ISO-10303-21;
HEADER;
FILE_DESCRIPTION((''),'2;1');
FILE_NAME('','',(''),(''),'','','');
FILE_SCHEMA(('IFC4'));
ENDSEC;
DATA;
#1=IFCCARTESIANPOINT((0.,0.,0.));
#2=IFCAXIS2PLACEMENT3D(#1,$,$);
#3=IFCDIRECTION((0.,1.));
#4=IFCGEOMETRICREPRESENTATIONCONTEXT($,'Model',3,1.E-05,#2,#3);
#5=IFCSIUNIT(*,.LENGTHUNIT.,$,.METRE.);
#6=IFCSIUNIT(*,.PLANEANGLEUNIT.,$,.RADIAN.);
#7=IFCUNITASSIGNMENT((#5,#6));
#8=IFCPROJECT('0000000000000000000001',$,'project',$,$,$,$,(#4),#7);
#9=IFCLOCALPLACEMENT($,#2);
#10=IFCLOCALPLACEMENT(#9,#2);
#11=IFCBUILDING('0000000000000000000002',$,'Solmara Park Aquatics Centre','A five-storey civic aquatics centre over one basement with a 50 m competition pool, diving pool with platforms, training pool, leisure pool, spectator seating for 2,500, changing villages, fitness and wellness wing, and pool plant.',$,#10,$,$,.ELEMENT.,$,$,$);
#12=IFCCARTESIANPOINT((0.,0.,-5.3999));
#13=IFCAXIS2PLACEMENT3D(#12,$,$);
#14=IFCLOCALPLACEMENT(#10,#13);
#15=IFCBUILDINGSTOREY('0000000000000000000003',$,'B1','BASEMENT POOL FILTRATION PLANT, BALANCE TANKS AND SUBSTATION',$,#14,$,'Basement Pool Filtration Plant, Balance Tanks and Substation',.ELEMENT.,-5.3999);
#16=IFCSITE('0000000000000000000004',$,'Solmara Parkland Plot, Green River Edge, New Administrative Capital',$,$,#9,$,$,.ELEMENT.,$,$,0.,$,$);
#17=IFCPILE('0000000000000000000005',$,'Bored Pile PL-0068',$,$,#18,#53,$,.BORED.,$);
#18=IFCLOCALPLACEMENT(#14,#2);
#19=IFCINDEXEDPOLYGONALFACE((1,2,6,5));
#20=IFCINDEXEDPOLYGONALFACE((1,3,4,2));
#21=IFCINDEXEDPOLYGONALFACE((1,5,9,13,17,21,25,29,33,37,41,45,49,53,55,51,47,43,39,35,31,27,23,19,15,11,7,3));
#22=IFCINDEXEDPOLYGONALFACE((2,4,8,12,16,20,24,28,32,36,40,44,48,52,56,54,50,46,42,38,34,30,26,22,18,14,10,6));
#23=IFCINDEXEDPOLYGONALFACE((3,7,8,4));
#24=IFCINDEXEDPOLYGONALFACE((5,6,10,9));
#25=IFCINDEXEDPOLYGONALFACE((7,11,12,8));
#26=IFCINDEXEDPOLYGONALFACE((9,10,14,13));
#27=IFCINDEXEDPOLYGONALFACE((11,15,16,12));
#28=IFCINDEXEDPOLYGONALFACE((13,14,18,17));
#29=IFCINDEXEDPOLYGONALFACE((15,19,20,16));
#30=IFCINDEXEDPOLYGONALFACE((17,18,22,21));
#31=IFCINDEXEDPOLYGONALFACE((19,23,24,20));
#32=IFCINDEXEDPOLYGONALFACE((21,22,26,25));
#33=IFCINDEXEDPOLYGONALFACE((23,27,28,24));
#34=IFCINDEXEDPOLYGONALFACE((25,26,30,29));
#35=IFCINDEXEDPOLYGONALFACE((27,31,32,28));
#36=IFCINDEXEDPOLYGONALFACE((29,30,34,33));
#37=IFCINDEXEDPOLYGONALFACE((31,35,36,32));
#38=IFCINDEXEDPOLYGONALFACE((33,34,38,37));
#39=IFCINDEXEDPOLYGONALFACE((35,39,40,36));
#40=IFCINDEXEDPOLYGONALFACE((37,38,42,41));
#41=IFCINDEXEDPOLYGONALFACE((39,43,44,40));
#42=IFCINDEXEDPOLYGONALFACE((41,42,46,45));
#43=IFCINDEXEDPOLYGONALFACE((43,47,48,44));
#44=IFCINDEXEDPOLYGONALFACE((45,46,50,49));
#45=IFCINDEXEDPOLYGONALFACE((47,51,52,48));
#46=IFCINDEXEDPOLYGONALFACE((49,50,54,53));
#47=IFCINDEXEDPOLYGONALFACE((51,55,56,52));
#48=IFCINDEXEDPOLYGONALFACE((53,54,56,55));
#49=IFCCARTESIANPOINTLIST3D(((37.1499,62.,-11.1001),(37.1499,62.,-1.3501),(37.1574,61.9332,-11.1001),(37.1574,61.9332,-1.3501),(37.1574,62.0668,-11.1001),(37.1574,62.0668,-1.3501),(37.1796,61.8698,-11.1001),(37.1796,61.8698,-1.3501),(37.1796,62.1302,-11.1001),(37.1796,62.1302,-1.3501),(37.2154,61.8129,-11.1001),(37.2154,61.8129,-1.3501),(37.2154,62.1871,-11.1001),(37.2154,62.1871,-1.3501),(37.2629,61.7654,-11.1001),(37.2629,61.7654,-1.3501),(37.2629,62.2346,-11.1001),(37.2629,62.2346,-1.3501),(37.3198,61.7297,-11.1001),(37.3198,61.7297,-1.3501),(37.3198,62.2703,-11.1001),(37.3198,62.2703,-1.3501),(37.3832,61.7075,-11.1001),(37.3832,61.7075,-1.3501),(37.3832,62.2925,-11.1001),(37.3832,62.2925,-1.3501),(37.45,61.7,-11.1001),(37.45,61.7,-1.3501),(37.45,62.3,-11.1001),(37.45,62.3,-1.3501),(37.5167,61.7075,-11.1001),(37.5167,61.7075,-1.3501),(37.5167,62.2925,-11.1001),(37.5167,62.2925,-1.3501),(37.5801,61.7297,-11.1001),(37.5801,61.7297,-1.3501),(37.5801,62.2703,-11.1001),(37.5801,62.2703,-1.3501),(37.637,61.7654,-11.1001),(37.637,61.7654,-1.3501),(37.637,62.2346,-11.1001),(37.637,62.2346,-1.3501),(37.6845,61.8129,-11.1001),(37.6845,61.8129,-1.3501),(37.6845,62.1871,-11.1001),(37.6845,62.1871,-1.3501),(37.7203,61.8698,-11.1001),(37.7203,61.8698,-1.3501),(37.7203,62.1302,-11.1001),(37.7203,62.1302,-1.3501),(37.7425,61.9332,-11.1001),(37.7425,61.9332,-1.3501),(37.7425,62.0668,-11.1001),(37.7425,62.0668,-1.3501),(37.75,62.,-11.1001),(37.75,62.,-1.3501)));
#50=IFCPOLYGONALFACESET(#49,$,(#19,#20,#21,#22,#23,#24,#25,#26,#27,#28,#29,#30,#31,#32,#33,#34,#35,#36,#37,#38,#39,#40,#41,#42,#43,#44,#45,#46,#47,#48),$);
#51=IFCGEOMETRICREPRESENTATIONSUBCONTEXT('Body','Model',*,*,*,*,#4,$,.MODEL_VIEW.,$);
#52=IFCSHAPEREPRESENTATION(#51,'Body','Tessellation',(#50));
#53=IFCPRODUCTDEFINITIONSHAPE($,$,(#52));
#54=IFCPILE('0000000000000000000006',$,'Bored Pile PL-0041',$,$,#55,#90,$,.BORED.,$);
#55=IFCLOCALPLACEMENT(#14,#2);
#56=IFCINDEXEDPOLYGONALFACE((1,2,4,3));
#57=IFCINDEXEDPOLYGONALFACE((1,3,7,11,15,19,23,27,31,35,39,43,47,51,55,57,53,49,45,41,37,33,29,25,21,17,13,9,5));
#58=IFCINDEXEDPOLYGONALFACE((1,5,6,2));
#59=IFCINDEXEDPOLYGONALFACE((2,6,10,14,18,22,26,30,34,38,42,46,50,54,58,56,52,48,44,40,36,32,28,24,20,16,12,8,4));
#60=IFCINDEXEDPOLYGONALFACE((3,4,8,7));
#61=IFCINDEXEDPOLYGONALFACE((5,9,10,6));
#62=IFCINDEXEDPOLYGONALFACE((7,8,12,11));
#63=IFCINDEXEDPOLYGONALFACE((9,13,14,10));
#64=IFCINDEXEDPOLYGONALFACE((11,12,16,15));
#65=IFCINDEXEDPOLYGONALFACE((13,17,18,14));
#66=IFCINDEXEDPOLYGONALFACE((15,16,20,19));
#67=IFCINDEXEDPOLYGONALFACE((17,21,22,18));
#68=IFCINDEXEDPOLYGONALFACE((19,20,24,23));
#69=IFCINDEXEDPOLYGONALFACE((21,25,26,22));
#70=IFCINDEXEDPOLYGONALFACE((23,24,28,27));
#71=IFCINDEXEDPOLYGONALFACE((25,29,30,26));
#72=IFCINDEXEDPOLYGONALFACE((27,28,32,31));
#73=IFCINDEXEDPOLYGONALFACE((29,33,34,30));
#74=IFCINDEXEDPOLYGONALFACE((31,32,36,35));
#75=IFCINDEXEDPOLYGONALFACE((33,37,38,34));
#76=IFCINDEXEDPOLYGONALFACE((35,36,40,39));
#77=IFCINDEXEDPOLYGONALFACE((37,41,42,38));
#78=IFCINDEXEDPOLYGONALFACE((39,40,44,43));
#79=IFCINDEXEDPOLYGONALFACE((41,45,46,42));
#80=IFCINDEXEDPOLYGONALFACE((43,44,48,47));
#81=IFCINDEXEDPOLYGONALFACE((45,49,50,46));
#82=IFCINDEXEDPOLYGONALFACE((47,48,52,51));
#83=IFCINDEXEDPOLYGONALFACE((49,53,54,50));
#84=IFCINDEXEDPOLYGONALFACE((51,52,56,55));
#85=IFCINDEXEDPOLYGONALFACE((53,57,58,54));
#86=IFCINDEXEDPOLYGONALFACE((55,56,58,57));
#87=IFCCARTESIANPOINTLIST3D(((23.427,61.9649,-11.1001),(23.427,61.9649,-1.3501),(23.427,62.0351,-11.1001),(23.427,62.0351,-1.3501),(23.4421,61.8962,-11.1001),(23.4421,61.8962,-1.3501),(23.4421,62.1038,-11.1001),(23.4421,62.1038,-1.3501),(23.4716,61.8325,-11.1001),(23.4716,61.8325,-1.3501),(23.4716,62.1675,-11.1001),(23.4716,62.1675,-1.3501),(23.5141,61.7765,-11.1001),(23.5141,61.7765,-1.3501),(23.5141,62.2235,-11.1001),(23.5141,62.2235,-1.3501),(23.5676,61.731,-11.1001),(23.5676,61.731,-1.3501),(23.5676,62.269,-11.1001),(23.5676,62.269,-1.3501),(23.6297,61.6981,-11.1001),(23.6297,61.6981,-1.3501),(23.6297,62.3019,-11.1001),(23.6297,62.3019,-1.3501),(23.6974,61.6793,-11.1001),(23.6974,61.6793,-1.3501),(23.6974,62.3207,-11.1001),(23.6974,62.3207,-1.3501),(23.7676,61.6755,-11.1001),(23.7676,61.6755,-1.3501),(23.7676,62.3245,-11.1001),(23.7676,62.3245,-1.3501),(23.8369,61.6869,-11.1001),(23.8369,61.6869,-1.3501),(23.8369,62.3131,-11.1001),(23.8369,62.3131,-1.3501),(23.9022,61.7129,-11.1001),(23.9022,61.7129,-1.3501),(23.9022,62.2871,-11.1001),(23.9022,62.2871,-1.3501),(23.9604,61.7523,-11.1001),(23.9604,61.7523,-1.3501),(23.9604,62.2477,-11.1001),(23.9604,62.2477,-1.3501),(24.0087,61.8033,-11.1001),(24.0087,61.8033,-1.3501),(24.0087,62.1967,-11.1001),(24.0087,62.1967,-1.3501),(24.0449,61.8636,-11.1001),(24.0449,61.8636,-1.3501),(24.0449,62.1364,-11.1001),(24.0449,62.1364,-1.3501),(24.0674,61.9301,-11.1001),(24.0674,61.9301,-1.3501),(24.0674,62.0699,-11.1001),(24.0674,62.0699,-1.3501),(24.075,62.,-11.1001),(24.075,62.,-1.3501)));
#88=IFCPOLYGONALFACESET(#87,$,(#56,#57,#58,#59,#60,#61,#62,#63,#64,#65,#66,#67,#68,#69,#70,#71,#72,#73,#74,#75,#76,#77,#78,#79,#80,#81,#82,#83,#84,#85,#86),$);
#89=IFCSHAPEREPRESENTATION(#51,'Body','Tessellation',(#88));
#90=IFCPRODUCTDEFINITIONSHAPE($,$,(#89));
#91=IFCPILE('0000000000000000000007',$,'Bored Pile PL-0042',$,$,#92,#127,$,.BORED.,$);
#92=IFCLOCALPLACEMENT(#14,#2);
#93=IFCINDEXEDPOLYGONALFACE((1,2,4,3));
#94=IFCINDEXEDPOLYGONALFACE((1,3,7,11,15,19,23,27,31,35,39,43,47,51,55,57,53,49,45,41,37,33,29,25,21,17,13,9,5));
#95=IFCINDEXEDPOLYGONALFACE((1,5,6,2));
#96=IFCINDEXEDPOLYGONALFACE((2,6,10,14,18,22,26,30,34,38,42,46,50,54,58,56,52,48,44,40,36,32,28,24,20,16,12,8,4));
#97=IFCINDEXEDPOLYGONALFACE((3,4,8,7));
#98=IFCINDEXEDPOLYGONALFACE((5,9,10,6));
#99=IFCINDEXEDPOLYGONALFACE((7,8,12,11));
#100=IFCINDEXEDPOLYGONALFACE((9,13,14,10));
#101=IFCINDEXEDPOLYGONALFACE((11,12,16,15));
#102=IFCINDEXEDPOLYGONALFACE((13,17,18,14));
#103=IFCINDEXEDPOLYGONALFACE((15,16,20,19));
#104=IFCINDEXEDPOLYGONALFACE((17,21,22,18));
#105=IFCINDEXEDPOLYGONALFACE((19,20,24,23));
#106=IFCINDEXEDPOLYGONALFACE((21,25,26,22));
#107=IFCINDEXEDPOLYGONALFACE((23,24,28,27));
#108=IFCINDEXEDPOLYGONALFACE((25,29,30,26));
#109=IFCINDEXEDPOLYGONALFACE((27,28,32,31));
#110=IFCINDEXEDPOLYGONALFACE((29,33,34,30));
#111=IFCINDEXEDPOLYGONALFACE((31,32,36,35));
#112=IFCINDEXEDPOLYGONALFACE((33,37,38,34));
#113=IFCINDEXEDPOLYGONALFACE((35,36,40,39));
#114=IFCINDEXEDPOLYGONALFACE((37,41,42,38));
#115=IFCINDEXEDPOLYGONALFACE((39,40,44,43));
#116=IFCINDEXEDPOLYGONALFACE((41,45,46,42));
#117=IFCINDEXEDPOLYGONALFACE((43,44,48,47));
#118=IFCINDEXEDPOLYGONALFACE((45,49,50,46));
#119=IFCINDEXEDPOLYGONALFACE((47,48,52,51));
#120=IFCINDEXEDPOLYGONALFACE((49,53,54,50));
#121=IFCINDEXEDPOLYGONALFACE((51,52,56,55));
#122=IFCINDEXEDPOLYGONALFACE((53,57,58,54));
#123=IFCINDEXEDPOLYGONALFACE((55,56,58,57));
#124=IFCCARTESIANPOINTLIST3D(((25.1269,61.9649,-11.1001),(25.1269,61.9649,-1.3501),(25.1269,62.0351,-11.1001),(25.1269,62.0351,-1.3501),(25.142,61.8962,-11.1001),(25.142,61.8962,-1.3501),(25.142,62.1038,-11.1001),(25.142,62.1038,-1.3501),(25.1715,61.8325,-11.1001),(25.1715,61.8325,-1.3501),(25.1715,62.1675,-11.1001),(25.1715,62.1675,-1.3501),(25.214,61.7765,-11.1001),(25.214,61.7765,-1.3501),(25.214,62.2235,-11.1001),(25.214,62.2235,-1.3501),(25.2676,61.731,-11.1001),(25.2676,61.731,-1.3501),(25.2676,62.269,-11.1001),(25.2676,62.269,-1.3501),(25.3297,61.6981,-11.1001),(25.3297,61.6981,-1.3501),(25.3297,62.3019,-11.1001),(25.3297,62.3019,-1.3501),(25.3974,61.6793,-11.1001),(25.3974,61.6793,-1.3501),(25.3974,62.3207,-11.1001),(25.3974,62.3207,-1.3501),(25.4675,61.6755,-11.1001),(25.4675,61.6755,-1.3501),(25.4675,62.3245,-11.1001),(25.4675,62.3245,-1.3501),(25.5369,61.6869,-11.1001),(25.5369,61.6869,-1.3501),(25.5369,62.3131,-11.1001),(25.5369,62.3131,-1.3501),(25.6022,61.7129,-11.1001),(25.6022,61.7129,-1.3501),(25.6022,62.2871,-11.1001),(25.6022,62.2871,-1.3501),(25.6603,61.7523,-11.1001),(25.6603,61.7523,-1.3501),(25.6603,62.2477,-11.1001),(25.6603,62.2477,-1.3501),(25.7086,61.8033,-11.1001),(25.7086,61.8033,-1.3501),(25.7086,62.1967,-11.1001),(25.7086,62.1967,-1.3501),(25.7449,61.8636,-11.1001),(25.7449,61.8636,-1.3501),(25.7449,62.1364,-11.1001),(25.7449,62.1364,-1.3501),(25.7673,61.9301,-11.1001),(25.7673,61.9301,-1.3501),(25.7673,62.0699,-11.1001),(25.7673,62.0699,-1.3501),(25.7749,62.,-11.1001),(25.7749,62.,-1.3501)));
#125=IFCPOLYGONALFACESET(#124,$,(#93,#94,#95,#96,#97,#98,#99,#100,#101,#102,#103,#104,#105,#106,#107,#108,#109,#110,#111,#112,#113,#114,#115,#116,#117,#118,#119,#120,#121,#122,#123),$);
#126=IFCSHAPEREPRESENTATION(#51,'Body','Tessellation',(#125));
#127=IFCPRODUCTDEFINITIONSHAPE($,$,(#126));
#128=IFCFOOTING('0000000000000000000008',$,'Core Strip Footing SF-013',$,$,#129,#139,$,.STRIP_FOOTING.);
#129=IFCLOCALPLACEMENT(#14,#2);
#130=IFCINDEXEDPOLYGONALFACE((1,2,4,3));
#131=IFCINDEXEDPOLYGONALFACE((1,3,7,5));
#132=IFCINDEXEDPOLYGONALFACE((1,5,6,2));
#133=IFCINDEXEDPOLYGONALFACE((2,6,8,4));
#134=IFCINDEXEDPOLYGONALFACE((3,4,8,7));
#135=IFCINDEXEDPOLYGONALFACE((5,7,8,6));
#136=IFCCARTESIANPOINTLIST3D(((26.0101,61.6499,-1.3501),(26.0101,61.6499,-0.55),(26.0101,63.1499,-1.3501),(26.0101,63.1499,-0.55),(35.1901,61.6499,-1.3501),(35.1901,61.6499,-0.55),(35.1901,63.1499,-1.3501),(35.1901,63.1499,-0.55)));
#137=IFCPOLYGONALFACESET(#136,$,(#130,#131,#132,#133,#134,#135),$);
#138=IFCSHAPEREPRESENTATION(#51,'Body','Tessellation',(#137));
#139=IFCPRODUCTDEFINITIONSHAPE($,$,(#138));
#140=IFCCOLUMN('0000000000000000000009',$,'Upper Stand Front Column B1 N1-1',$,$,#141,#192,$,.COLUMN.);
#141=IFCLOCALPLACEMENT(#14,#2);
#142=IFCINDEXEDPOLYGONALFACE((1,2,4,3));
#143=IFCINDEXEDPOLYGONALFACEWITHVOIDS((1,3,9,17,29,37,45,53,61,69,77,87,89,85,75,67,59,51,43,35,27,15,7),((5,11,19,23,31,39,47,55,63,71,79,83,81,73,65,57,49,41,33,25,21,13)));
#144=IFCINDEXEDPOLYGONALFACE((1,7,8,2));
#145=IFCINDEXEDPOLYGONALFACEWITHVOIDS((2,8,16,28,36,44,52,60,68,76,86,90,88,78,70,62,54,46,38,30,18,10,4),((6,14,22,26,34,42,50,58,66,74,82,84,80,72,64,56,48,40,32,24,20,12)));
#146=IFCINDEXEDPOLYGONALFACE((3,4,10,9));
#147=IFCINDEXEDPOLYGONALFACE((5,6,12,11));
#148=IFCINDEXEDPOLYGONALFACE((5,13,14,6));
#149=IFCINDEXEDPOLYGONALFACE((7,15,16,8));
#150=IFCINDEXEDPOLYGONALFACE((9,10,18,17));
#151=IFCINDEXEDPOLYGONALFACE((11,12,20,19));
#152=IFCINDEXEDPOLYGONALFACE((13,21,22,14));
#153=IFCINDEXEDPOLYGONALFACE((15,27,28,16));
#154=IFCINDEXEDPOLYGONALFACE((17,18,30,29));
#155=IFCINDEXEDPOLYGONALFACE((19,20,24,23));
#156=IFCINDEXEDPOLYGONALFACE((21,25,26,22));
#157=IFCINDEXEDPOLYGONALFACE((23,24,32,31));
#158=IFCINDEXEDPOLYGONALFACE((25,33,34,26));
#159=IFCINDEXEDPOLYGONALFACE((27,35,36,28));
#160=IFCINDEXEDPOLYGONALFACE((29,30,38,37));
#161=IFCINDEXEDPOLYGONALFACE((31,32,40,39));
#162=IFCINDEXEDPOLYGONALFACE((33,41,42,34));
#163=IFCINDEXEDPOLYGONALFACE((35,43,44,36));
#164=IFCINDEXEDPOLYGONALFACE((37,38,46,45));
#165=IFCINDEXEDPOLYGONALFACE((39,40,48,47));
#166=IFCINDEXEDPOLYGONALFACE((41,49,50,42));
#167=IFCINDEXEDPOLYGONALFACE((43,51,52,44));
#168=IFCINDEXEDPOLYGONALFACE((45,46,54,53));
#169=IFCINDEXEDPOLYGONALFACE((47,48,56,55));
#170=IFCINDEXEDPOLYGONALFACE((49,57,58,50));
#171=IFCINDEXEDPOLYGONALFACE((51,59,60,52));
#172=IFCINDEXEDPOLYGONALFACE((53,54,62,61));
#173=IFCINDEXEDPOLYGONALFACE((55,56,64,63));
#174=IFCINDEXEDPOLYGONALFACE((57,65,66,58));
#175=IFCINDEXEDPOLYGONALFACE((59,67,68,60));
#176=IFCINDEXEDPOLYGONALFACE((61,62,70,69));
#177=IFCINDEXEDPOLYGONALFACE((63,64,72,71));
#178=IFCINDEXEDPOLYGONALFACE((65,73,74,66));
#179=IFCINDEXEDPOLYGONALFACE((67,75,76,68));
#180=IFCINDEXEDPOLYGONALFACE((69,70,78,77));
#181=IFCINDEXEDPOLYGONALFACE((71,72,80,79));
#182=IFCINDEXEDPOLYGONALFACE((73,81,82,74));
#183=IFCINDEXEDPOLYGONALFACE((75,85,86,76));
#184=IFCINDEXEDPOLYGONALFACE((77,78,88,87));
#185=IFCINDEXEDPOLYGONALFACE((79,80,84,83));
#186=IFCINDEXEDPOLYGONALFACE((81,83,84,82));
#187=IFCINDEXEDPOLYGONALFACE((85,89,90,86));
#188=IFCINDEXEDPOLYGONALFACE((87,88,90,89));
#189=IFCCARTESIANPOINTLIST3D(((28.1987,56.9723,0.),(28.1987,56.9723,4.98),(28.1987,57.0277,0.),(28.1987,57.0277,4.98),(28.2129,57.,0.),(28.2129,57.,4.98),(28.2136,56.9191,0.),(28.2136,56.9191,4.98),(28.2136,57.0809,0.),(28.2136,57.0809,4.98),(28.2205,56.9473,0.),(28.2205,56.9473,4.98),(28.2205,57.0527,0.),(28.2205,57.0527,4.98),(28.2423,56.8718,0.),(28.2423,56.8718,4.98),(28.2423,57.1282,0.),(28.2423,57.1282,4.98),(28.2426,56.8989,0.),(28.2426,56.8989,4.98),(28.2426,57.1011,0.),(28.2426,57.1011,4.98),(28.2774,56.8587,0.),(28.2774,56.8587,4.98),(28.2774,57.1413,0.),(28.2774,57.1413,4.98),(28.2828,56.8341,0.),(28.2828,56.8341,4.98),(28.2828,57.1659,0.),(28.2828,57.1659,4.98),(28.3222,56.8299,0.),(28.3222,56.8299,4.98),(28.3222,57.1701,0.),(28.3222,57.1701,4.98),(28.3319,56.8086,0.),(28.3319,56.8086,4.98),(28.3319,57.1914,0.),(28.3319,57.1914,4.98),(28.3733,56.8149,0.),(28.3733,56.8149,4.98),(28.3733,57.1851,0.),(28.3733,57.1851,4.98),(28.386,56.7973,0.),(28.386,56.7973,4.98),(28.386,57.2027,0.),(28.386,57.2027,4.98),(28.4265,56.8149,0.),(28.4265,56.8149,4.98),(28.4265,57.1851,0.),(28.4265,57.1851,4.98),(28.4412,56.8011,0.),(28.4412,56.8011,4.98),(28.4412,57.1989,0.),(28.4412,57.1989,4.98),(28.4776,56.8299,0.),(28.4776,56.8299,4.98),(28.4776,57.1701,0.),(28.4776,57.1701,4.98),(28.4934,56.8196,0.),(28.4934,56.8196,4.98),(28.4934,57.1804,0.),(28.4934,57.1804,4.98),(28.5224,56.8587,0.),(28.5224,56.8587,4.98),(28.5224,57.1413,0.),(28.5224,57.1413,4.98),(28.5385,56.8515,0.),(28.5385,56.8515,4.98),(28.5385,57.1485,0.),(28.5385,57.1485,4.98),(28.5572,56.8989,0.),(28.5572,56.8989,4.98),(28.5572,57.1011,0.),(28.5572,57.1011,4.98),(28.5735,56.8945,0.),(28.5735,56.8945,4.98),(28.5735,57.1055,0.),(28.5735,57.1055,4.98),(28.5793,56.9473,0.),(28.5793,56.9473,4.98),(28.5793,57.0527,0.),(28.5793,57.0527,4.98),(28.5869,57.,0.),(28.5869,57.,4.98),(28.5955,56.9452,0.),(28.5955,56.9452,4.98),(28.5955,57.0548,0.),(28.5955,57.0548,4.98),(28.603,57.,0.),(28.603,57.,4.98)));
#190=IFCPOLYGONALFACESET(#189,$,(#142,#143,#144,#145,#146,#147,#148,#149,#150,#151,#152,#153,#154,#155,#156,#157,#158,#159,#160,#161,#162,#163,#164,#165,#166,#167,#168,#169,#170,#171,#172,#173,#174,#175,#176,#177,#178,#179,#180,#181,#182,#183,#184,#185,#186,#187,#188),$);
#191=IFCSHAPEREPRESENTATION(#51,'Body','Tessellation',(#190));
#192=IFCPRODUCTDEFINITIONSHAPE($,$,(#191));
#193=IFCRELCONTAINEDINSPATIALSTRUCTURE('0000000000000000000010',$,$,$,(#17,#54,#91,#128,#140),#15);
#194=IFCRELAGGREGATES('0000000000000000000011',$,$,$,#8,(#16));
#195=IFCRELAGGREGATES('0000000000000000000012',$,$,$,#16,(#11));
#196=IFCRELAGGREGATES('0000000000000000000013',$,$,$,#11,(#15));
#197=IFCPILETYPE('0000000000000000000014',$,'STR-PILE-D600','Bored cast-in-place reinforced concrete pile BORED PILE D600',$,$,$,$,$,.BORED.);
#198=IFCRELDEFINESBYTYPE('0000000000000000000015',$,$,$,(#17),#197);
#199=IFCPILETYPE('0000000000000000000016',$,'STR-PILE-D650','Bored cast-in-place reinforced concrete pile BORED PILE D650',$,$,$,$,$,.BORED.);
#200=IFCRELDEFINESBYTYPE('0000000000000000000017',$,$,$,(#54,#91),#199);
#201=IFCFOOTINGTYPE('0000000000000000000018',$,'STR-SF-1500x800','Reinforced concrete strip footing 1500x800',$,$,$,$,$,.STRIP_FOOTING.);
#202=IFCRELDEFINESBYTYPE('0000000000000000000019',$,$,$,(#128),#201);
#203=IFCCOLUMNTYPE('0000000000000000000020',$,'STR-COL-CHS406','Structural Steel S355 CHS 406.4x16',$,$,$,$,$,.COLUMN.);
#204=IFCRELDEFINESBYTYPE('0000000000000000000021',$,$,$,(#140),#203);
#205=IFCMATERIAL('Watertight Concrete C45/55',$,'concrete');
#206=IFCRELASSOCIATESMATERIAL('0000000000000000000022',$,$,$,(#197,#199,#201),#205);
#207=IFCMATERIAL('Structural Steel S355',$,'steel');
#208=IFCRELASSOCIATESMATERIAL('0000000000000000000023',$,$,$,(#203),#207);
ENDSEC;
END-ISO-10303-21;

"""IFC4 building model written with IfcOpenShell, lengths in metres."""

from ifc_helpers import new_model, si_unit, direction, frame, origin, origin_2d, place, context, subcontext, project, spatial, rectangle, circle, hollow_circle, extrude, material, material_profile, profile_set, type_object, element, save


model = new_model("IFC4")

# Units and contexts
model_context = context("Model", 3, precision=1e-05, world=origin(), true_north=direction((0.0, 1.0)))
body_context = subcontext(model_context, "Body", "Model", "MODEL_VIEW")
ifc_project = project(units=[si_unit("LENGTHUNIT", "METRE"), si_unit("PLANEANGLEUNIT", "RADIAN")], contexts=[model_context])

# Site, building, storey
site_placement = place(None, origin())
site = spatial("IfcSite", under=ifc_project, at=site_placement, Name="Solmara Parkland Plot, Green River Edge, New Administrative Capital", CompositionType="ELEMENT", RefElevation=0.0)
building_placement = place(site_placement, origin())
building = spatial("IfcBuilding", under=site, at=building_placement, Name="Solmara Park Aquatics Centre", Description="A five-storey civic aquatics centre over one basement with a 50 m competition pool, diving pool with platforms, training pool, leisure pool, spectator seating for 2,500, changing villages, fitness and wellness wing, and pool plant.", CompositionType="ELEMENT")
storey_placement = place(building_placement, frame((0.0, 0.0, -5.3999)))
storey = spatial("IfcBuildingStorey", under=building, at=storey_placement, Name="B1", Description="BASEMENT POOL FILTRATION PLANT, BALANCE TANKS AND SUBSTATION", LongName="Basement Pool Filtration Plant, Balance Tanks and Substation", CompositionType="ELEMENT", Elevation=-5.3999)

# Shared definitions
ifc_material_1 = material(Name="Watertight Concrete C45/55", Category="concrete")

# Piles
ifc_material_profile_1 = material_profile(ifc_material_1, circle(Radius=0.3, at=origin_2d()), Name="BORED PILE D600")
ifc_profile_set_1 = profile_set([ifc_material_profile_1], Name="Watertight Concrete C45/55")
pile_type_1 = type_object("IfcPileType", Name="STR-PILE-D600", Description="Bored cast-in-place reinforced concrete pile BORED PILE D600", PredefinedType="BORED", material=ifc_profile_set_1)
for number, where, z_axis, x_axis, name in (
    (1, (37.45, 62.0, -1.3501), (0.0, 0.0, -1.0), (1.0, 0.0, 0.0), "Bored Pile PL-0068"),
):
    element("IfcPile", number, at=place(storey_placement, frame(where, z_axis=z_axis, x_axis=x_axis)), inside=storey, type_object=pile_type_1, Name=name, PredefinedType="BORED", context=body_context, shape_type="SweptSolid", body=[
        extrude(circle(Radius=0.3, at=origin_2d()), origin(), (0.0, 0.0, 1.0), 9.75),
    ])
ifc_material_profile_2 = material_profile(ifc_material_1, circle(Radius=0.325, at=origin_2d()), Name="BORED PILE D650")
ifc_profile_set_2 = profile_set([ifc_material_profile_2], Name="Watertight Concrete C45/55")
pile_type_2 = type_object("IfcPileType", Name="STR-PILE-D650", Description="Bored cast-in-place reinforced concrete pile BORED PILE D650", PredefinedType="BORED", material=ifc_profile_set_2)
for number, where, z_axis, x_axis, name in (
    (2, (23.75, 62.0, -1.3501), (0.0, 0.0, -1.0), (1.0, 0.0, 0.0), "Bored Pile PL-0041"),
    (3, (25.45, 62.0, -1.3501), (0.0, 0.0, -1.0), (1.0, 0.0, 0.0), "Bored Pile PL-0042"),
):
    element("IfcPile", number, at=place(storey_placement, frame(where, z_axis=z_axis, x_axis=x_axis)), inside=storey, type_object=pile_type_2, Name=name, PredefinedType="BORED", context=body_context, shape_type="SweptSolid", body=[
        extrude(circle(Radius=0.325, at=origin_2d()), origin(), (0.0, 0.0, 1.0), 9.75),
    ])

# Footing
footing_type_1 = type_object("IfcFootingType", Name="STR-SF-1500x800", Description="Reinforced concrete strip footing 1500x800", PredefinedType="STRIP_FOOTING", material=ifc_material_1)
footing_1_placement = place(storey_placement, frame((30.6001, 62.3999, -1.3501), z_axis=(0.0, 0.0, 1.0), x_axis=(1.0, 0.0, 0.0)))
element("IfcFooting", 4, at=footing_1_placement, inside=storey, type_object=footing_type_1, Name="Core Strip Footing SF-013", PredefinedType="STRIP_FOOTING", context=body_context, shape_type="SweptSolid", body=[
    extrude(rectangle(XDim=9.1799, YDim=1.5, at=origin_2d()), origin(), (0.0, 0.0, 1.0), 0.8),
])

# Column
ifc_material_2 = material(Name="Structural Steel S355", Category="steel")
ifc_material_profile_3 = material_profile(ifc_material_2, hollow_circle(Radius=0.2031, WallThickness=0.0161, at=origin_2d()), Name="CHS 406.4x16")
ifc_profile_set_3 = profile_set([ifc_material_profile_3], Name="Structural Steel S355")
column_type_1 = type_object("IfcColumnType", Name="STR-COL-CHS406", Description="Structural Steel S355 CHS 406.4x16", PredefinedType="COLUMN", material=ifc_profile_set_3)
column_1_placement = place(storey_placement, frame((28.3999, 57.0, 0.0), z_axis=(0.0, 0.0, 1.0), x_axis=(1.0, 0.0, 0.0)))
element("IfcColumn", 5, at=column_1_placement, inside=storey, type_object=column_type_1, Name="Upper Stand Front Column B1 N1-1", PredefinedType="COLUMN", context=body_context, shape_type="SweptSolid", body=[
    extrude(hollow_circle(Radius=0.2031, WallThickness=0.0161, at=origin_2d()), origin(), (0.0, 0.0, 1.0), 4.98),
])

save(model, "model.ifc")
